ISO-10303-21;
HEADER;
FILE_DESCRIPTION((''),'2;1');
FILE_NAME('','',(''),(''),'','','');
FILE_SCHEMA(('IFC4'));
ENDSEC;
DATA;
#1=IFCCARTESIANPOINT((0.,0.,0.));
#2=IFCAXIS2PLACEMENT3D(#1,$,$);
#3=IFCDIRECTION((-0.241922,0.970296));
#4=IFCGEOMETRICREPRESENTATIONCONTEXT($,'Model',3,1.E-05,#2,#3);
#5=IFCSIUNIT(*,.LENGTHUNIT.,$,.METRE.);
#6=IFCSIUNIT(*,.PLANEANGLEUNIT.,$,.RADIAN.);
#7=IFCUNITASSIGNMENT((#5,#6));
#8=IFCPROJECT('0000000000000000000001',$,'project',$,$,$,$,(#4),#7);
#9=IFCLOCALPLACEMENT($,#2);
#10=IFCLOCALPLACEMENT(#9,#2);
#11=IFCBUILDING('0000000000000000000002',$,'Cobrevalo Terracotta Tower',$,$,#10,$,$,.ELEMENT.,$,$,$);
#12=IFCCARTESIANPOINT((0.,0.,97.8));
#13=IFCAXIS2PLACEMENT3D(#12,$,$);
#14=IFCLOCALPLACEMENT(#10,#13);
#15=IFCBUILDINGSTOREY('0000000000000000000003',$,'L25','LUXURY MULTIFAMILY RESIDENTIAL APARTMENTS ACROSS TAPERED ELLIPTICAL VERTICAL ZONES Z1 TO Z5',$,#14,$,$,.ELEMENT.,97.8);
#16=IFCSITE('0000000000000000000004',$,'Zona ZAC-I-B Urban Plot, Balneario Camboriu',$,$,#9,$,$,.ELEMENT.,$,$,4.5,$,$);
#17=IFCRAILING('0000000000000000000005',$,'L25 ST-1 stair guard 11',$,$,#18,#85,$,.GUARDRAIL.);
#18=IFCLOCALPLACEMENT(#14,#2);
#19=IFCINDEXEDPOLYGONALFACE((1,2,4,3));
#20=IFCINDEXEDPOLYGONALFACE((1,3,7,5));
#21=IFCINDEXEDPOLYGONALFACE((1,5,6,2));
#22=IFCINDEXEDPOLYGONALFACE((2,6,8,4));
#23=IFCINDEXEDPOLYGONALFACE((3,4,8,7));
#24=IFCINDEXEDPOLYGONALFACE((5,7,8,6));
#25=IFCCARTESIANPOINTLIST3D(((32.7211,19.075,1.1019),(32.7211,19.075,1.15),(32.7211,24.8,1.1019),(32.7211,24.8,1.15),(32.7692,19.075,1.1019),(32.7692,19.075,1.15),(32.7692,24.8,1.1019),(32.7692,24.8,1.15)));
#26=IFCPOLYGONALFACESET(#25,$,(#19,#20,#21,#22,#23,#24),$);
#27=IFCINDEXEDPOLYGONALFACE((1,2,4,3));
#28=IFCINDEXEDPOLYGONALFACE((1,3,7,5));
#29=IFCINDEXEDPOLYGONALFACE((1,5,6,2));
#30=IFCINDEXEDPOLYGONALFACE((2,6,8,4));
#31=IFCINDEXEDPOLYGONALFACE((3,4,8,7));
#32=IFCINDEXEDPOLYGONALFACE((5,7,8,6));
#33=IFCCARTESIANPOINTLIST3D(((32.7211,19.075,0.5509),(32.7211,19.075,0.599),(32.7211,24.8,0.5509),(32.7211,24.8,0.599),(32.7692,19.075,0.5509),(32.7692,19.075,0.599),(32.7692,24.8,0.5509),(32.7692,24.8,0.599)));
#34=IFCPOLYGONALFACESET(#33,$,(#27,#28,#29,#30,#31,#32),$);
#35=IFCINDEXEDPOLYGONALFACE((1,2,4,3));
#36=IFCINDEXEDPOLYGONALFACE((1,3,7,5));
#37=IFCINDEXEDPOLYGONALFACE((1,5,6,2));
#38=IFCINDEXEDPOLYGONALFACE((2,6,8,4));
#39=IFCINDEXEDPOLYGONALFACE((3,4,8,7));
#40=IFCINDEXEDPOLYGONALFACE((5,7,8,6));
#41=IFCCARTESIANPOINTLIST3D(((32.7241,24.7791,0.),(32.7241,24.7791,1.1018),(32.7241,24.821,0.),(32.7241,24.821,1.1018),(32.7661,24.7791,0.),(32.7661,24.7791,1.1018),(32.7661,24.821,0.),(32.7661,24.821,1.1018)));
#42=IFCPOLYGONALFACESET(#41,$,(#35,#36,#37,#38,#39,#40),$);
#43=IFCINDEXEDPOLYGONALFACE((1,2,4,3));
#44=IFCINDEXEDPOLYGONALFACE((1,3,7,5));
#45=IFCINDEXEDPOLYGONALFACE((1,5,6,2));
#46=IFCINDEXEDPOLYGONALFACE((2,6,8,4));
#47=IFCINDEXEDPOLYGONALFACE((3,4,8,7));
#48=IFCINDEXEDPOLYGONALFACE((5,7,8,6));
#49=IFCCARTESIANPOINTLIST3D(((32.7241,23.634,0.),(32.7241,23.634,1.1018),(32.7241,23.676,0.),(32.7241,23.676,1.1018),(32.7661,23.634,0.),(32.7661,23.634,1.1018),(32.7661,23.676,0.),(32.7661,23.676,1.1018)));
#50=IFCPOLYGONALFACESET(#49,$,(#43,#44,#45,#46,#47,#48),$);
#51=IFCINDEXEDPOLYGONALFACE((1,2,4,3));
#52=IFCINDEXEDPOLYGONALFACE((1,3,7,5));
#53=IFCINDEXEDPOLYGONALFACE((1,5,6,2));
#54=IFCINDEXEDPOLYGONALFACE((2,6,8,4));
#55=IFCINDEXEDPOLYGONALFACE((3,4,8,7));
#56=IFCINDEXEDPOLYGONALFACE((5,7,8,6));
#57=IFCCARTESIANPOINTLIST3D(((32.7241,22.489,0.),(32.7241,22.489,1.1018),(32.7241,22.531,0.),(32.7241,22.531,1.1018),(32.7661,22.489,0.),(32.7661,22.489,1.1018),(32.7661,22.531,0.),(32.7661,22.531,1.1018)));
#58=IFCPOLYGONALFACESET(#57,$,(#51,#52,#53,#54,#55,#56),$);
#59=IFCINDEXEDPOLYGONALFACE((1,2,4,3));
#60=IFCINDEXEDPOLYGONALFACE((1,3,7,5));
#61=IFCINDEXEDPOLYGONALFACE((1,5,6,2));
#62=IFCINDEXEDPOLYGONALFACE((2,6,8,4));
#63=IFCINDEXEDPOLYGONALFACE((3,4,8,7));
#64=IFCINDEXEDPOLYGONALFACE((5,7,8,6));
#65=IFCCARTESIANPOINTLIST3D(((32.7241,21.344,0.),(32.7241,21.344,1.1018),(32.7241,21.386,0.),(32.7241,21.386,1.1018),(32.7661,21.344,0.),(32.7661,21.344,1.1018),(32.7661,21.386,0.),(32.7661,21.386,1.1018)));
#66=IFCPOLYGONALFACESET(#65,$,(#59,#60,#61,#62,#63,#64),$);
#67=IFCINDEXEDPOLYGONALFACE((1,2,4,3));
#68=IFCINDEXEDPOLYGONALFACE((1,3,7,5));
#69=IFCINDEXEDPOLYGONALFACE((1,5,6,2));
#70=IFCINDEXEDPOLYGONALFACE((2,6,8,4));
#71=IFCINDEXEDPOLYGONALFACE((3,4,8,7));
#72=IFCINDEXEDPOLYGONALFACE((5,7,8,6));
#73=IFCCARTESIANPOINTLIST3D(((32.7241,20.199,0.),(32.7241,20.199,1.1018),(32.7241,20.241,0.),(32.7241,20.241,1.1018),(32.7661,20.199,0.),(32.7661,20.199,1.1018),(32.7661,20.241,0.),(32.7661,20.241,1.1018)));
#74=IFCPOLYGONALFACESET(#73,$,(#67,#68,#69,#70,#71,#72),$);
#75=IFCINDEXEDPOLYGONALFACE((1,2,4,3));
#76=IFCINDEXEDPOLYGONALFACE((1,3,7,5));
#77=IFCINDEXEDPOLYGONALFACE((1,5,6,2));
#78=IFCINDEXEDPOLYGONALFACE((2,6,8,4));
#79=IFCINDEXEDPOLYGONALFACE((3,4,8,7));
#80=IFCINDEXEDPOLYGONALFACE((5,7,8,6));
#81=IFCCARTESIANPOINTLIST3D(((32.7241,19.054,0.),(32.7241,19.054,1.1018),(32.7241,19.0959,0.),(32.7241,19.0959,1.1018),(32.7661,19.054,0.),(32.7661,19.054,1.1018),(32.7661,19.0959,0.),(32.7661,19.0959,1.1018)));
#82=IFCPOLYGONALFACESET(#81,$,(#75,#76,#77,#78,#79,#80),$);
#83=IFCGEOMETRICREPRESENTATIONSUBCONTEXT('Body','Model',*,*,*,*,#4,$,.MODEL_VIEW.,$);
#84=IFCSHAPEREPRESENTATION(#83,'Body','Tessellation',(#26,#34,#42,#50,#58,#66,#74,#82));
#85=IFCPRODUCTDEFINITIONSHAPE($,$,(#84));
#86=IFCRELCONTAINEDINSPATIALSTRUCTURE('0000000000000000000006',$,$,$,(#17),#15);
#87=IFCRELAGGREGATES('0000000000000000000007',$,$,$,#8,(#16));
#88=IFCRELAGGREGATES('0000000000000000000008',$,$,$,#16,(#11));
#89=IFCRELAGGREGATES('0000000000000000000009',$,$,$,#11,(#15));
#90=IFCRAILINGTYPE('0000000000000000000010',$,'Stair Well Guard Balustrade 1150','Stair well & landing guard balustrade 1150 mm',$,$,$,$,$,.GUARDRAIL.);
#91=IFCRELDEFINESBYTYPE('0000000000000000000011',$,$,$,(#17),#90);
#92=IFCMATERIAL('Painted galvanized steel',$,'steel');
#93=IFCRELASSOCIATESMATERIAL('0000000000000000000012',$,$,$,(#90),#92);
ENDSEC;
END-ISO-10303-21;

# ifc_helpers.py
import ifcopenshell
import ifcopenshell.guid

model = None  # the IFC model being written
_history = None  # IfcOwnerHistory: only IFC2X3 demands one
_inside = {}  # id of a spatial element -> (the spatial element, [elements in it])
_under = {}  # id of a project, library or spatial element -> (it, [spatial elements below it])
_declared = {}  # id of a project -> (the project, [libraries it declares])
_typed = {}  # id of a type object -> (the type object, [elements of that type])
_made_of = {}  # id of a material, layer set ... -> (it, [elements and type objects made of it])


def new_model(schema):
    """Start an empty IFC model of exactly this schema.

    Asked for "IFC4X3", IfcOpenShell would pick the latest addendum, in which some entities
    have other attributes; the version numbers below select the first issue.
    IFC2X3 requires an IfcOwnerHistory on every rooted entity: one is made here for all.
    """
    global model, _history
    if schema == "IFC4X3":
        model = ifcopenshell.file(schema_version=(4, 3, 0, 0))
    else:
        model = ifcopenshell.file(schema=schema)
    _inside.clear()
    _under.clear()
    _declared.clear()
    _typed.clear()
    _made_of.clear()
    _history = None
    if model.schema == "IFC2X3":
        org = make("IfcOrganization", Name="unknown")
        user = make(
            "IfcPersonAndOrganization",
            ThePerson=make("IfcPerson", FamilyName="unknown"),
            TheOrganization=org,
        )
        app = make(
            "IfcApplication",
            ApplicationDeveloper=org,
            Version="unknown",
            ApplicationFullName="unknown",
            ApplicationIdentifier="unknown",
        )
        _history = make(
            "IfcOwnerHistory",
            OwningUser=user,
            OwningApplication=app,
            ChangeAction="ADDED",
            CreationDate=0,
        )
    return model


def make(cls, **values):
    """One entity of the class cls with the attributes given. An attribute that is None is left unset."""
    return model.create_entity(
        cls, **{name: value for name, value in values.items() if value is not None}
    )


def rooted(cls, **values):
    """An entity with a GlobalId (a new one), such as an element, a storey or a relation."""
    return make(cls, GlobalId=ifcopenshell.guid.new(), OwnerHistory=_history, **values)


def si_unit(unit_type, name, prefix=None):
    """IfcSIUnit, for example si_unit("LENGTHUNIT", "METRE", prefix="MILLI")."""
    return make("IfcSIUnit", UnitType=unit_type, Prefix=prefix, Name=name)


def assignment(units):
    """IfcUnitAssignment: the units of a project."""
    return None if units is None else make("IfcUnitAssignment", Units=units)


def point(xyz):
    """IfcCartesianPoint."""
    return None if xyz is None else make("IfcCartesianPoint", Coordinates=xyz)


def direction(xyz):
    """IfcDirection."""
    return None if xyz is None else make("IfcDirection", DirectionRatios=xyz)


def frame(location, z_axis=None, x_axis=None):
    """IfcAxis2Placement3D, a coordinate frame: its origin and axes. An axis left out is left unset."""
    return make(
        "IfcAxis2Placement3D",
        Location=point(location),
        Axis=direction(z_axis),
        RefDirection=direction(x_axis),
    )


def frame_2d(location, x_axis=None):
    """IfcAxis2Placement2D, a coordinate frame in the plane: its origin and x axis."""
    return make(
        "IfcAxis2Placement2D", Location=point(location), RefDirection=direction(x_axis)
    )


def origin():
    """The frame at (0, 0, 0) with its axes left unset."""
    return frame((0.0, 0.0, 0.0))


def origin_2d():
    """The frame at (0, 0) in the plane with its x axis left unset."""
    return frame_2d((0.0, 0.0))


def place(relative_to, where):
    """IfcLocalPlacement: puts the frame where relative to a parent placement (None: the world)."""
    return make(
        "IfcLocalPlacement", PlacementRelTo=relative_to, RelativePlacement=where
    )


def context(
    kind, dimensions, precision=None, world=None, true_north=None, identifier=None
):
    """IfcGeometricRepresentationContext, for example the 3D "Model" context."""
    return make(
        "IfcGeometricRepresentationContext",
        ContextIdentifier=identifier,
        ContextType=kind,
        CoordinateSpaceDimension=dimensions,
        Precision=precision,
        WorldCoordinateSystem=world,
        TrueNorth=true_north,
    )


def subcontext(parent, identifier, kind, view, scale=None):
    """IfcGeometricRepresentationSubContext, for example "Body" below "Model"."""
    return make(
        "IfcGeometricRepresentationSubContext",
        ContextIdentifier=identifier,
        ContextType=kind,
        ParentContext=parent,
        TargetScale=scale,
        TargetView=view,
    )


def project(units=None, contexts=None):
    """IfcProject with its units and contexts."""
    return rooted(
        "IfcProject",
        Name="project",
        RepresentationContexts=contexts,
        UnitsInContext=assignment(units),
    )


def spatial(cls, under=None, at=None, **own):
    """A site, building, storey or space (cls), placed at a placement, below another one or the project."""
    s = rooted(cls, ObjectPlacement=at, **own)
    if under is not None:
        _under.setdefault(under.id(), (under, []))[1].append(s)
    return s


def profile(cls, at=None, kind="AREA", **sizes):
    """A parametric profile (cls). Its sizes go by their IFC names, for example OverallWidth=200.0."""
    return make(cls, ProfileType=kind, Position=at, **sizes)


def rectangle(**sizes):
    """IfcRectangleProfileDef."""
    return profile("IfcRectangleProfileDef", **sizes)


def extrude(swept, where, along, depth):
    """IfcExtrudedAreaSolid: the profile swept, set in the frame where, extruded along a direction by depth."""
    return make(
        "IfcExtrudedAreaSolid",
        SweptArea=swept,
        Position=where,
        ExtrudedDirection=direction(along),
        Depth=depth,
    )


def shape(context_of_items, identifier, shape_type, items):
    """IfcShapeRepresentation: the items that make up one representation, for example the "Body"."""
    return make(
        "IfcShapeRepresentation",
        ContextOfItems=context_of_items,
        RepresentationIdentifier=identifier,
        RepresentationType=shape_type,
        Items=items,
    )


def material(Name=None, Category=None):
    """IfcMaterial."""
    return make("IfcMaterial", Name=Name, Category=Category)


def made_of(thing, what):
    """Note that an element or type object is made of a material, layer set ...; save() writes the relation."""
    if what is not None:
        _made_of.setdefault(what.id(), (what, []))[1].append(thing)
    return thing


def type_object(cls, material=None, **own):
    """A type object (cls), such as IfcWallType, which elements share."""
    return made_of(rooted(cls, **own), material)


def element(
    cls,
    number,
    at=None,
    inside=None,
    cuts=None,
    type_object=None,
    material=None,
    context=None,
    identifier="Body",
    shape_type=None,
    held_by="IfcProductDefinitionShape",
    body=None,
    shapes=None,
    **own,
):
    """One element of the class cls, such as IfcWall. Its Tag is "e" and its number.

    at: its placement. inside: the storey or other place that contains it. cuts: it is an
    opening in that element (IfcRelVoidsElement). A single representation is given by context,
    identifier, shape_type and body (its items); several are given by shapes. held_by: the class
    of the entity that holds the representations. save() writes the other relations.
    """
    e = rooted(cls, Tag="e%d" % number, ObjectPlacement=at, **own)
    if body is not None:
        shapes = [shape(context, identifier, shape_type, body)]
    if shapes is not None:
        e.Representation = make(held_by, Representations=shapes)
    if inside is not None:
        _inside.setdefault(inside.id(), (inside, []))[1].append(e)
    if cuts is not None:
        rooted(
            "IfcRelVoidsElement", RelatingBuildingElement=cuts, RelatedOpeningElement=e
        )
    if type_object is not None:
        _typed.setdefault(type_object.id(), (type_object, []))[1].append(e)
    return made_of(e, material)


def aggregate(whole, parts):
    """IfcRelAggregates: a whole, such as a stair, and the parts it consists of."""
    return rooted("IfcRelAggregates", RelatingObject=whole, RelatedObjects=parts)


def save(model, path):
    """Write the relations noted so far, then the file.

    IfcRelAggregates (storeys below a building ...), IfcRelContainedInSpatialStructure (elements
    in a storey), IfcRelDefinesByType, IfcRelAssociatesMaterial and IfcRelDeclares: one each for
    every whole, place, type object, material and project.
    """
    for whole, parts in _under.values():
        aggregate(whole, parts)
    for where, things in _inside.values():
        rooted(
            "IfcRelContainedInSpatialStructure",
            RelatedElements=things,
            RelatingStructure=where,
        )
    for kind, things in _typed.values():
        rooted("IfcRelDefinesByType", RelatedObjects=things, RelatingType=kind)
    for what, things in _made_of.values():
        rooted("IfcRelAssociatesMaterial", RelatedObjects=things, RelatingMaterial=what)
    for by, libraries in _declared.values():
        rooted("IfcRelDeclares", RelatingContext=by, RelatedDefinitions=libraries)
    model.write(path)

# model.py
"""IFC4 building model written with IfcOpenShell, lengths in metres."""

from ifc_helpers import new_model, si_unit, direction, frame, origin, origin_2d, place, context, subcontext, project, spatial, rectangle, extrude, material, type_object, element, save


model = new_model("IFC4")

# Units and contexts
model_context = context("Model", 3, precision=1e-05, world=origin(), true_north=direction((-0.241922, 0.970296)))
body_context = subcontext(model_context, "Body", "Model", "MODEL_VIEW")
ifc_project = project(units=[si_unit("LENGTHUNIT", "METRE"), si_unit("PLANEANGLEUNIT", "RADIAN")], contexts=[model_context])

# Site, building, storey
site_placement = place(None, origin())
site = spatial("IfcSite", under=ifc_project, at=site_placement, Name="Zona ZAC-I-B Urban Plot, Balneario Camboriu", CompositionType="ELEMENT", RefElevation=4.5)
building_placement = place(site_placement, origin())
building = spatial("IfcBuilding", under=site, at=building_placement, Name="Cobrevalo Terracotta Tower", CompositionType="ELEMENT")
storey_placement = place(building_placement, frame((0.0, 0.0, 97.8)))
storey = spatial("IfcBuildingStorey", under=building, at=storey_placement, Name="L25", Description="LUXURY MULTIFAMILY RESIDENTIAL APARTMENTS ACROSS TAPERED ELLIPTICAL VERTICAL ZONES Z1 TO Z5", CompositionType="ELEMENT", Elevation=97.8)

# Railing
ifc_material_1 = material(Name="Painted galvanized steel", Category="steel")
railing_type_1 = type_object("IfcRailingType", Name="Stair Well Guard Balustrade 1150", Description="Stair well & landing guard balustrade 1150 mm", PredefinedType="GUARDRAIL", material=ifc_material_1)
for number, where, name in (
    (1, (32.7451, 24.8, 0.0), "L25 ST-1 stair guard 11"),
):
    element("IfcRailing", number, at=place(storey_placement, frame(where)), inside=storey, type_object=railing_type_1, Name=name, PredefinedType="GUARDRAIL", context=body_context, shape_type="SweptSolid", body=[
        extrude(rectangle(XDim=0.0481, YDim=0.0481, at=origin_2d()), frame((0.0, 0.0, 1.126), z_axis=(0.0, -1.0, 0.0), x_axis=(1.0, 0.0, 0.0)), (0.0, 0.0, 1.0), 5.7251),
        extrude(rectangle(XDim=0.0481, YDim=0.0481, at=origin_2d()), frame((0.0, 0.0, 0.575), z_axis=(0.0, -1.0, 0.0), x_axis=(1.0, 0.0, 0.0)), (0.0, 0.0, 1.0), 5.7251),
        extrude(rectangle(XDim=0.042, YDim=0.042, at=origin_2d()), origin(), (0.0, 0.0, 1.0), 1.1018),
        extrude(rectangle(XDim=0.042, YDim=0.042, at=origin_2d()), frame((0.0, -1.145, 0.0)), (0.0, 0.0, 1.0), 1.1018),
        extrude(rectangle(XDim=0.042, YDim=0.042, at=origin_2d()), frame((0.0, -2.29, 0.0)), (0.0, 0.0, 1.0), 1.1018),
        extrude(rectangle(XDim=0.042, YDim=0.042, at=origin_2d()), frame((0.0, -3.4351, 0.0)), (0.0, 0.0, 1.0), 1.1018),
        extrude(rectangle(XDim=0.042, YDim=0.042, at=origin_2d()), frame((0.0, -4.5801, 0.0)), (0.0, 0.0, 1.0), 1.1018),
        extrude(rectangle(XDim=0.042, YDim=0.042, at=origin_2d()), frame((0.0, -5.7251, 0.0)), (0.0, 0.0, 1.0), 1.1018),
    ])

save(model, "model.ifc")
